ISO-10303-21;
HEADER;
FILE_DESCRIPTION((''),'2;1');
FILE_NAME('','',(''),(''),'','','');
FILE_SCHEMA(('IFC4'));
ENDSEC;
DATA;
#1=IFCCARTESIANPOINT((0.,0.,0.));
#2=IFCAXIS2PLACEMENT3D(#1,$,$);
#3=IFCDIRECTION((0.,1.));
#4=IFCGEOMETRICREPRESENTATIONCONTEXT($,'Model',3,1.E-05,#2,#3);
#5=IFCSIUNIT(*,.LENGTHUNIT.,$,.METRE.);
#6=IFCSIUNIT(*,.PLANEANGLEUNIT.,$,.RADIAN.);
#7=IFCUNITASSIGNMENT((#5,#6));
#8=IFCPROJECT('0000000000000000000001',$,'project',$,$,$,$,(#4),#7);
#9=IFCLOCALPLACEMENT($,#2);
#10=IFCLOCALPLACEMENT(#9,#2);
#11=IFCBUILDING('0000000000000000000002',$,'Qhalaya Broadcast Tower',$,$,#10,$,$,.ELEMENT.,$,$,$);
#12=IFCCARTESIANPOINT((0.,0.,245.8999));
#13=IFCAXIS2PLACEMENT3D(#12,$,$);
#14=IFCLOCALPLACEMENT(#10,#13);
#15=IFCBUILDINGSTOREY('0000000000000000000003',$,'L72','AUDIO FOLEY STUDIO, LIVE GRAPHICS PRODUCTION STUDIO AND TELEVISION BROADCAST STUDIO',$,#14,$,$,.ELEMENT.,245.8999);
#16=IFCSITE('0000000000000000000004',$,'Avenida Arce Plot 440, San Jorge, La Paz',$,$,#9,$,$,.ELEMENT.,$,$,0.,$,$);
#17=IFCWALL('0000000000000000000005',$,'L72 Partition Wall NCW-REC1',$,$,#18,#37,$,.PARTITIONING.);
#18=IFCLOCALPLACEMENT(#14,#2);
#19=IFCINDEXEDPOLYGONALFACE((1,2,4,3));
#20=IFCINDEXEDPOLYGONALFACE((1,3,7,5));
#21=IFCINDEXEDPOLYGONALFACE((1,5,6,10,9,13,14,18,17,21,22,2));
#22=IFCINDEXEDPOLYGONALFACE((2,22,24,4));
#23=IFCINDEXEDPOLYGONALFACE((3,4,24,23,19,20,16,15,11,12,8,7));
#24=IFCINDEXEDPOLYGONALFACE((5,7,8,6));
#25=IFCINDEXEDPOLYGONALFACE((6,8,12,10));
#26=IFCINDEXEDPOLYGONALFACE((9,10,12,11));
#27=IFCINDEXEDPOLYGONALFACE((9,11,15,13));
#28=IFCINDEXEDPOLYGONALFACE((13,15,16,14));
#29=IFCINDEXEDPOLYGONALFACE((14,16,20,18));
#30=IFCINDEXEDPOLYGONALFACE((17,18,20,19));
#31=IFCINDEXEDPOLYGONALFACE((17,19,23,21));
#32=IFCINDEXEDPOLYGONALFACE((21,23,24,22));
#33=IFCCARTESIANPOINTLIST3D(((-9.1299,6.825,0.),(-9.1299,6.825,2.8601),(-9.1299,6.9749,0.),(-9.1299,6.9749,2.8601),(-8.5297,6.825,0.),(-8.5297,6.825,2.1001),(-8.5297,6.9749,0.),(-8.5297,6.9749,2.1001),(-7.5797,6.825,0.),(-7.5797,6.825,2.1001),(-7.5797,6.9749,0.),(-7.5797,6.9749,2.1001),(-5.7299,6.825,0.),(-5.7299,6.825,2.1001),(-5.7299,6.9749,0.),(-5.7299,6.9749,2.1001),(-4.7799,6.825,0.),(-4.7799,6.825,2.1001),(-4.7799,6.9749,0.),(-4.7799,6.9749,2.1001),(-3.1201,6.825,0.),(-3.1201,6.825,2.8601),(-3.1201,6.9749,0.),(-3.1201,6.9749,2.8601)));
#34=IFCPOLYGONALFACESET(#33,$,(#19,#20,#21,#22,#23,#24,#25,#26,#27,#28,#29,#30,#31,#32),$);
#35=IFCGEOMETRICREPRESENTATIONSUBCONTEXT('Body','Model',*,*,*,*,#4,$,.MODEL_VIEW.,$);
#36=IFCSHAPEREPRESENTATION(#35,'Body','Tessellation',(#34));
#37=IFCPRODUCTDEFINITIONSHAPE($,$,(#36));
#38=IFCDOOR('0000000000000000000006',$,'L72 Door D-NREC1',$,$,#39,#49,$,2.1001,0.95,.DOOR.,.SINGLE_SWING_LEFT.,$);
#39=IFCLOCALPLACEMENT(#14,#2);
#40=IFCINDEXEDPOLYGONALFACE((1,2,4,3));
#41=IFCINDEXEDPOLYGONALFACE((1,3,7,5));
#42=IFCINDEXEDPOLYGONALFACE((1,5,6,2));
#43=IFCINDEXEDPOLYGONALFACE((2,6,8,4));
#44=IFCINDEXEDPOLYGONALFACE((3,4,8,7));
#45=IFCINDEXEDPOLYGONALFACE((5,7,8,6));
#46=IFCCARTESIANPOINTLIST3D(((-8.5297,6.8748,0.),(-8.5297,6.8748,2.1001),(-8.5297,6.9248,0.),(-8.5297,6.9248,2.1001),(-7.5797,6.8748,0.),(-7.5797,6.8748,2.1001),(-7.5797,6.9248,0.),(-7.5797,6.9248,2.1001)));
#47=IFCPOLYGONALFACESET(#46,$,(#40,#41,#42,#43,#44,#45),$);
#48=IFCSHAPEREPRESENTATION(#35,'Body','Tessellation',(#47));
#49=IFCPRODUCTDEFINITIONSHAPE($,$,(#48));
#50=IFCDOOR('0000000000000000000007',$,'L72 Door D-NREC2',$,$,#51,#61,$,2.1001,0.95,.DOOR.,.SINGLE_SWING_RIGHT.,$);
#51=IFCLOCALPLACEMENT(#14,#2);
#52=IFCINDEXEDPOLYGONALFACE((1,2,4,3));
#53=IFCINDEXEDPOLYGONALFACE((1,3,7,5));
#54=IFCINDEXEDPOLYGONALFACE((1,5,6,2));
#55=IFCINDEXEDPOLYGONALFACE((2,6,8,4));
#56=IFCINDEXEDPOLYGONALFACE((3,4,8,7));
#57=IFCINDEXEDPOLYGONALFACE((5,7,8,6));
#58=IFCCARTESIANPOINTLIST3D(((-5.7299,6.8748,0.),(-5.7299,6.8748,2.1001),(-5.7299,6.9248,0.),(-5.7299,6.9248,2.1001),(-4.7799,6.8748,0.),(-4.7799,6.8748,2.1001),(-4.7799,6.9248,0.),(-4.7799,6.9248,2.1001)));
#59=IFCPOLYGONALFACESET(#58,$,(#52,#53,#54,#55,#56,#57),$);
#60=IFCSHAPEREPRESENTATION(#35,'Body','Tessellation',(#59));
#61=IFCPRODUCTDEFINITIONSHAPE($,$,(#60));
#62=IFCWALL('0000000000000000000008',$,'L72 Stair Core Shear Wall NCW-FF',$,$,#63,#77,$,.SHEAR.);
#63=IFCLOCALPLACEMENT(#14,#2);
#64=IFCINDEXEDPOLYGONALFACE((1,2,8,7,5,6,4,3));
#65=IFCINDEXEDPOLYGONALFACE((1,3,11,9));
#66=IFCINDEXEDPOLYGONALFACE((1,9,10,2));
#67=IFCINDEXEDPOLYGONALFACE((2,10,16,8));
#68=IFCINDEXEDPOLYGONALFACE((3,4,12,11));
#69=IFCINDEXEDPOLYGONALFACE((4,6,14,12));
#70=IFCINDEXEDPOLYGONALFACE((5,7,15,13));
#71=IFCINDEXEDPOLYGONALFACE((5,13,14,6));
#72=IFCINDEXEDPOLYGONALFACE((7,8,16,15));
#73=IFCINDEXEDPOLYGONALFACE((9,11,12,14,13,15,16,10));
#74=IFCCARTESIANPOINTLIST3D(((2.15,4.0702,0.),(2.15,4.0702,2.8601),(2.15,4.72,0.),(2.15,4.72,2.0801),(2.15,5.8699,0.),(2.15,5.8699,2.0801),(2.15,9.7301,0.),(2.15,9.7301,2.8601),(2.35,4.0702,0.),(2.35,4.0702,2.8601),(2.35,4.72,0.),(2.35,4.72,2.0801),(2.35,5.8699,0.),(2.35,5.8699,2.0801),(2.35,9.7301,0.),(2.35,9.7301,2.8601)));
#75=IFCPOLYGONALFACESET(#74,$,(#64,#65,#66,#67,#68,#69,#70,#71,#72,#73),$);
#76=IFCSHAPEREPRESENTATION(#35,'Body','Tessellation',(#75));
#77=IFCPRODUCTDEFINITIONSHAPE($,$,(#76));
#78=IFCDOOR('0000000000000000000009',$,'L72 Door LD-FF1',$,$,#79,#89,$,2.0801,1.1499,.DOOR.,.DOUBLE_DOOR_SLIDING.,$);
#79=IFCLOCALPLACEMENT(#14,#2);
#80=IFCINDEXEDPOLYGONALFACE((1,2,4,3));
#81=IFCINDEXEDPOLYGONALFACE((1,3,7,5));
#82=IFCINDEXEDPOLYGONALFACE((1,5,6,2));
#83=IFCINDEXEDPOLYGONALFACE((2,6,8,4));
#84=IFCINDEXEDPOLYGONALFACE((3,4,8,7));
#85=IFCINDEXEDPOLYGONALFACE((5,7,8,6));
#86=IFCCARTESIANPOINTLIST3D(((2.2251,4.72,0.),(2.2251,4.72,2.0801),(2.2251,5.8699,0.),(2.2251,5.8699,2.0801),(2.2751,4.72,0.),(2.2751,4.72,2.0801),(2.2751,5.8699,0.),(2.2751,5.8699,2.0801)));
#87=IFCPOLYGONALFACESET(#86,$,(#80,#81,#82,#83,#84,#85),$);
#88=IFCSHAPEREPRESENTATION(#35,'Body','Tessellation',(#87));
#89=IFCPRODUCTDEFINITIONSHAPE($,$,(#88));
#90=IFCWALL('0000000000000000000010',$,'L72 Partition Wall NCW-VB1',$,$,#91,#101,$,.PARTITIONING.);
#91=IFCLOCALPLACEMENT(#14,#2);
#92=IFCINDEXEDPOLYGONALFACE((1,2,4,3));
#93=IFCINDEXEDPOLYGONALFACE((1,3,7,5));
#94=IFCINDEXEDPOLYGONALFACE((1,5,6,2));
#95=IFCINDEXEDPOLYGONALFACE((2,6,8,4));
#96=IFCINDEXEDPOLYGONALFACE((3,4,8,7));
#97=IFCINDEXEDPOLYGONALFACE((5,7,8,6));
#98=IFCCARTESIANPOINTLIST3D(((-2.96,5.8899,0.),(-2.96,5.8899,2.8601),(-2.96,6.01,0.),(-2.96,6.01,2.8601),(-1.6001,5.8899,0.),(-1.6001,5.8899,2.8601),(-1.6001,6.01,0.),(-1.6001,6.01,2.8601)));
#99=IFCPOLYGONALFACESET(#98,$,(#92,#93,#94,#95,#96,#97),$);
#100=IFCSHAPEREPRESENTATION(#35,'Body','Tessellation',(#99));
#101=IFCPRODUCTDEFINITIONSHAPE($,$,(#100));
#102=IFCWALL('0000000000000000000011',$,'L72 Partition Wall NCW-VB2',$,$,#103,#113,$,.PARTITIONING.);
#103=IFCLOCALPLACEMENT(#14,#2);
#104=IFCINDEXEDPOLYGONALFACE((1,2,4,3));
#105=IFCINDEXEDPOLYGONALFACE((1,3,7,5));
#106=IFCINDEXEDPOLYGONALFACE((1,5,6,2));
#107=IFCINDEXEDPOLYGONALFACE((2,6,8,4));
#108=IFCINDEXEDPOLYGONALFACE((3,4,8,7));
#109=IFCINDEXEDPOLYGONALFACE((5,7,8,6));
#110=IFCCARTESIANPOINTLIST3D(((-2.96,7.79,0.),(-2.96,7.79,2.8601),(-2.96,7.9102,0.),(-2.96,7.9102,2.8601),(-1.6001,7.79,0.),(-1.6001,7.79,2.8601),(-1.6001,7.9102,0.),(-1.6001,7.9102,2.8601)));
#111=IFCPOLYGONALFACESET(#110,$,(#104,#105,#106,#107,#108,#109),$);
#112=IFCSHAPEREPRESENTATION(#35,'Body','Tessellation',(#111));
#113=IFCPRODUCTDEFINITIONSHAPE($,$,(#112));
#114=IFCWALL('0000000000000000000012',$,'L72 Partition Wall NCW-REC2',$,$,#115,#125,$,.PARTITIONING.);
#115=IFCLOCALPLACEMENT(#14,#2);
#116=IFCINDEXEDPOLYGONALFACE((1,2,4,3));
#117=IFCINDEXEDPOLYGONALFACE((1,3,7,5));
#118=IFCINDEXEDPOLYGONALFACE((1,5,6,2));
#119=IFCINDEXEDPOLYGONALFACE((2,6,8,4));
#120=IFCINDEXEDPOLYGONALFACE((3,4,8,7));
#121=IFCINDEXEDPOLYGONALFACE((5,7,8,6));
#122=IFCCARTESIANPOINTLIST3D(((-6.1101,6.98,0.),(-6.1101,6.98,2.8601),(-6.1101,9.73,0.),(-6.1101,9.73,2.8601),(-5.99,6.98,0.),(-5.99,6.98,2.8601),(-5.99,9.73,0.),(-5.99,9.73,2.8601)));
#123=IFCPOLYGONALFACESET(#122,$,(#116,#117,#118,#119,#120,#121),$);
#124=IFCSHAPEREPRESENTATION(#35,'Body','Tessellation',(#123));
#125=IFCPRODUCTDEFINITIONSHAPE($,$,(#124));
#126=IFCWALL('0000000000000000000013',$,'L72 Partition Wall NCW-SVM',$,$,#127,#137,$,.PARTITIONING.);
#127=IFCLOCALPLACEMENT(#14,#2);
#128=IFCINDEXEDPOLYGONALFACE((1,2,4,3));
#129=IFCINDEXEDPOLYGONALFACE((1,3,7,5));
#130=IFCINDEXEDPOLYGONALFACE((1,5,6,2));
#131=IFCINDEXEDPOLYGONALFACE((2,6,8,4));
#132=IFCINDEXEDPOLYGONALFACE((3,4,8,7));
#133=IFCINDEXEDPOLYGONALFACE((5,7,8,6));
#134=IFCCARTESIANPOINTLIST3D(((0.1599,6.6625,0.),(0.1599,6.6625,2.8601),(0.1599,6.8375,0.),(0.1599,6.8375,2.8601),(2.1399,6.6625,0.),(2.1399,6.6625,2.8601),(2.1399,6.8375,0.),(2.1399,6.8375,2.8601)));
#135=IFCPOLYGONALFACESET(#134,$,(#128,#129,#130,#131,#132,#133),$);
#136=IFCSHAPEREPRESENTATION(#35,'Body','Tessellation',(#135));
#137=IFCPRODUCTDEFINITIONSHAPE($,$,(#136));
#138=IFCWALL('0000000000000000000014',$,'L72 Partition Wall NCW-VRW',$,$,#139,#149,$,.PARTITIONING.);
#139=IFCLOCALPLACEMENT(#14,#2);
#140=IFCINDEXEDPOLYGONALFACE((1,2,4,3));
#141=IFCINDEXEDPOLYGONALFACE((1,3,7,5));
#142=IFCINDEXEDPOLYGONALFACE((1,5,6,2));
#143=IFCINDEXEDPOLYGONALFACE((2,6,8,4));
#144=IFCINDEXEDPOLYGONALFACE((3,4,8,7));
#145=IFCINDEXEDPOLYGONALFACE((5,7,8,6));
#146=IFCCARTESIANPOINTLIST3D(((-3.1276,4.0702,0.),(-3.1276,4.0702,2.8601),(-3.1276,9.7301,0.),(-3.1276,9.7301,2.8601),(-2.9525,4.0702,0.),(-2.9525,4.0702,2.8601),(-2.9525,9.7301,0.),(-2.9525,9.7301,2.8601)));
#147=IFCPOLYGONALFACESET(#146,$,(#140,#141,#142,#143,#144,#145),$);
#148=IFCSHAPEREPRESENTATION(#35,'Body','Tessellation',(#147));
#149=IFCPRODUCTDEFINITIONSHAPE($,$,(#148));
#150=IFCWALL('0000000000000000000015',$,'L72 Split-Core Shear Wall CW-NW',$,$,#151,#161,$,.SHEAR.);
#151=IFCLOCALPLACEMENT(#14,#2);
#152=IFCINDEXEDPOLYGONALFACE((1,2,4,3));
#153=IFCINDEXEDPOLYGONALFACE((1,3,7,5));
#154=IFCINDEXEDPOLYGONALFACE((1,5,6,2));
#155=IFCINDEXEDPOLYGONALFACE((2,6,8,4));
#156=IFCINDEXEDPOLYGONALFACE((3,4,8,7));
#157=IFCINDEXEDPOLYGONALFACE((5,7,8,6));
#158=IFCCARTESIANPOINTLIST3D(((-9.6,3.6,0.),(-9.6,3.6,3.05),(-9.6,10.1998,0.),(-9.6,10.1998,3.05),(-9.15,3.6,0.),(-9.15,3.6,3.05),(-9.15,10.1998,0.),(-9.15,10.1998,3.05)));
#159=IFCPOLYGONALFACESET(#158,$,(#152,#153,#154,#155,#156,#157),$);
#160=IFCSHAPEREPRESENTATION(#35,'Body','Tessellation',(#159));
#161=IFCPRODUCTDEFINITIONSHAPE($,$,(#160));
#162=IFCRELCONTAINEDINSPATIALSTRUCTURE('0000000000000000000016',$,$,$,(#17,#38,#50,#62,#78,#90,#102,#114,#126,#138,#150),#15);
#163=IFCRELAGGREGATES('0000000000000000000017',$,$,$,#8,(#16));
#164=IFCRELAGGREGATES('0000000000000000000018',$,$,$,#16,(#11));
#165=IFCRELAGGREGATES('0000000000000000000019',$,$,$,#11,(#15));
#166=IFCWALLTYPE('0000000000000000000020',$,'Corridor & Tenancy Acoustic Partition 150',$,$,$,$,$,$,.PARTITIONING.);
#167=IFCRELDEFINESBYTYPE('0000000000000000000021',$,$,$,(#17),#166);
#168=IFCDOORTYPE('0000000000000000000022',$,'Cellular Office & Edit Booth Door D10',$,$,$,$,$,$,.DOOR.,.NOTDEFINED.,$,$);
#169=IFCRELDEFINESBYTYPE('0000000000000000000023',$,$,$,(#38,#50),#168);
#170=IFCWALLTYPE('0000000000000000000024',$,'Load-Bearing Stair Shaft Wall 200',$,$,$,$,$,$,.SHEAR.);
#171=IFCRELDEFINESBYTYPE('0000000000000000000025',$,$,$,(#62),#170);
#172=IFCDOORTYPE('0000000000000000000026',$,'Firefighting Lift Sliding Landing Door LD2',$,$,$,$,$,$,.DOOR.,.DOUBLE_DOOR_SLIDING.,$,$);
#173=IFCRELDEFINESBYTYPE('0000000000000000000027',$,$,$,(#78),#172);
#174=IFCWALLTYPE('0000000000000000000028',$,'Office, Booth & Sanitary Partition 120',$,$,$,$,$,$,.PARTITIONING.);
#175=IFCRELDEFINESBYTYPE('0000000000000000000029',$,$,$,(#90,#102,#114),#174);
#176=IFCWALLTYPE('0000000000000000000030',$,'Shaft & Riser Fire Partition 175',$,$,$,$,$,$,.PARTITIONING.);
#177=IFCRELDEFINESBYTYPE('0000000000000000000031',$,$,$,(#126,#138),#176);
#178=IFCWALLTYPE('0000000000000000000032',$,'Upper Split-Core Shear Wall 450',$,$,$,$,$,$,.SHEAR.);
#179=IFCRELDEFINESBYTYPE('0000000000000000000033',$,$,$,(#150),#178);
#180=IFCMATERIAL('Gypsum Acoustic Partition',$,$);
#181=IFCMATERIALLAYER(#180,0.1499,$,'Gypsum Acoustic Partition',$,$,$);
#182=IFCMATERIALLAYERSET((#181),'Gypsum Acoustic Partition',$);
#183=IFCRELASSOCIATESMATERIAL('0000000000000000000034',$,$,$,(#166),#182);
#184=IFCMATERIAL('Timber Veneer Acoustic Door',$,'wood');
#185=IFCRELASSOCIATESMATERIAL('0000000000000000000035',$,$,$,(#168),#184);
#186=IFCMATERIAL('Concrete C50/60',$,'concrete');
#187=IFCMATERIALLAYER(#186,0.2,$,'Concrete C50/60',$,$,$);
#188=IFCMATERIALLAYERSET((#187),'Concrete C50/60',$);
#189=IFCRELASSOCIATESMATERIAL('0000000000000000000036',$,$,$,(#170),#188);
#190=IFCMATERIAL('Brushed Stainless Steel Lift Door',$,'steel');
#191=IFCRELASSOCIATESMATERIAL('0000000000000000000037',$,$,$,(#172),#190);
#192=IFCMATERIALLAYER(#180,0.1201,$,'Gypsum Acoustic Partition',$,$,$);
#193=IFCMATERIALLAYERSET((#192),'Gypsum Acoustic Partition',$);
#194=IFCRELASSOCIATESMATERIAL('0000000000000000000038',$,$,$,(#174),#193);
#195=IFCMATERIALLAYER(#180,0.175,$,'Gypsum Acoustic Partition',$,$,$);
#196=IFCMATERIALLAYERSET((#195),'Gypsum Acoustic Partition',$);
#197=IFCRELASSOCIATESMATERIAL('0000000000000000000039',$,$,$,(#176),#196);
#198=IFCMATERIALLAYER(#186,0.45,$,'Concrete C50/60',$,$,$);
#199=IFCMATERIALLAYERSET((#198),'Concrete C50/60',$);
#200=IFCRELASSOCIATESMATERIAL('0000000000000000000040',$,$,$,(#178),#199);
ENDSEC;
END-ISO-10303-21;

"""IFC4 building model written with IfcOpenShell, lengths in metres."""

from ifc_helpers import new_model, si_unit, direction, frame, frame_2d, origin, place, context, subcontext, project, spatial, rectangle, extrude, material, layer, layer_set, type_object, element, fill, save


model = new_model("IFC4")

# Units and contexts
model_context = context("Model", 3, precision=1e-05, world=origin(), true_north=direction((0.0, 1.0)))
body_context = subcontext(model_context, "Body", "Model", "MODEL_VIEW")
ifc_project = project(units=[si_unit("LENGTHUNIT", "METRE"), si_unit("PLANEANGLEUNIT", "RADIAN")], contexts=[model_context])

# Site, building, storey
site_placement = place(None, origin())
site = spatial("IfcSite", under=ifc_project, at=site_placement, Name="Avenida Arce Plot 440, San Jorge, La Paz", CompositionType="ELEMENT", RefElevation=0.0)
building_placement = place(site_placement, origin())
building = spatial("IfcBuilding", under=site, at=building_placement, Name="Qhalaya Broadcast Tower", CompositionType="ELEMENT")
storey_placement = place(building_placement, frame((0.0, 0.0, 245.8999)))
storey = spatial("IfcBuildingStorey", under=building, at=storey_placement, Name="L72", Description="AUDIO FOLEY STUDIO, LIVE GRAPHICS PRODUCTION STUDIO AND TELEVISION BROADCAST STUDIO", CompositionType="ELEMENT", Elevation=245.8999)

# Shared definitions
ifc_material_1 = material(Name="Concrete C50/60", Category="concrete")

# Wall, openings, doors
ifc_material_2 = material(Name="Gypsum Acoustic Partition")
ifc_layer_1 = layer(ifc_material_2, 0.1499, Name="Gypsum Acoustic Partition")
ifc_layer_set_1 = layer_set([ifc_layer_1], Name="Gypsum Acoustic Partition")
wall_type_1 = type_object("IfcWallType", Name="Corridor & Tenancy Acoustic Partition 150", PredefinedType="PARTITIONING", material=ifc_layer_set_1)
ifc_material_3 = material(Name="Timber Veneer Acoustic Door", Category="wood")
wall_1_placement = place(storey_placement, frame((-9.1299, 6.8999, 0.0), z_axis=(0.0, 0.0, 1.0), x_axis=(1.0, 0.0, 0.0)))
wall_1 = element("IfcWall", 1, at=wall_1_placement, inside=storey, type_object=wall_type_1, Name="L72 Partition Wall NCW-REC1", PredefinedType="PARTITIONING", context=body_context, shape_type="SweptSolid", body=[
    extrude(rectangle(XDim=6.0098, YDim=0.1499, at=frame_2d((3.0049, 0.0))), origin(), (0.0, 0.0, 1.0), 2.8601),
])
opening_1_placement = place(wall_1_placement, frame((0.6001, 0.0, 0.0)))
opening_1 = element("IfcOpeningElement", 2, at=opening_1_placement, cuts=wall_1, PredefinedType="OPENING", context=body_context, shape_type="SweptSolid", body=[
    extrude(rectangle(XDim=0.95, YDim=2.1001, at=frame_2d((0.4751, 1.05))), frame((0.0, 0.0869, 0.0), z_axis=(0.0, -1.0, 0.0), x_axis=(1.0, 0.0, 0.0)), (0.0, 0.0, 1.0), 0.1738),
])
opening_2_placement = place(wall_1_placement, frame((3.3999, 0.0, 0.0)))
opening_2 = element("IfcOpeningElement", 3, at=opening_2_placement, cuts=wall_1, PredefinedType="OPENING", context=body_context, shape_type="SweptSolid", body=[
    extrude(rectangle(XDim=0.95, YDim=2.1001, at=frame_2d((0.4751, 1.05))), frame((0.0, 0.0869, 0.0), z_axis=(0.0, -1.0, 0.0), x_axis=(1.0, 0.0, 0.0)), (0.0, 0.0, 1.0), 0.1738),
])
door_type_1 = type_object("IfcDoorType", Name="Cellular Office & Edit Booth Door D10", OperationType="NOTDEFINED", PredefinedType="DOOR", material=ifc_material_3)
door_1_placement = place(opening_1_placement, origin())
door_1 = element("IfcDoor", 4, at=door_1_placement, inside=storey, type_object=door_type_1, Name="L72 Door D-NREC1", OperationType="SINGLE_SWING_LEFT", OverallHeight=2.1001, OverallWidth=0.95, PredefinedType="DOOR", context=body_context, shape_type="SweptSolid", body=[
    extrude(rectangle(XDim=0.95, YDim=2.1001, at=frame_2d((0.4751, 1.05))), frame((0.0, 0.0249, 0.0), z_axis=(0.0, -1.0, 0.0), x_axis=(1.0, 0.0, 0.0)), (0.0, 0.0, 1.0), 0.05),
])
fill(opening_1, door_1)
door_2_placement = place(opening_2_placement, origin())
door_2 = element("IfcDoor", 5, at=door_2_placement, inside=storey, type_object=door_type_1, Name="L72 Door D-NREC2", OperationType="SINGLE_SWING_RIGHT", OverallHeight=2.1001, OverallWidth=0.95, PredefinedType="DOOR", context=body_context, shape_type="SweptSolid", body=[
    extrude(rectangle(XDim=0.95, YDim=2.1001, at=frame_2d((0.4751, 1.05))), frame((0.0, 0.0249, 0.0), z_axis=(0.0, -1.0, 0.0), x_axis=(1.0, 0.0, 0.0)), (0.0, 0.0, 1.0), 0.05),
])
fill(opening_2, door_2)

# Wall, opening, door
ifc_layer_2 = layer(ifc_material_1, 0.2, Name="Concrete C50/60")
ifc_layer_set_2 = layer_set([ifc_layer_2], Name="Concrete C50/60")
wall_type_2 = type_object("IfcWallType", Name="Load-Bearing Stair Shaft Wall 200", PredefinedType="SHEAR", material=ifc_layer_set_2)
wall_2_placement = place(storey_placement, frame((2.25, 4.0701, 0.0), z_axis=(0.0, 0.0, 1.0), x_axis=(0.0, 1.0, 0.0)))
wall_2 = element("IfcWall", 6, at=wall_2_placement, inside=storey, type_object=wall_type_2, Name="L72 Stair Core Shear Wall NCW-FF", PredefinedType="SHEAR", context=body_context, shape_type="SweptSolid", body=[
    extrude(rectangle(XDim=5.6599, YDim=0.2, at=frame_2d((2.8301, 0.0))), origin(), (0.0, 0.0, 1.0), 2.8601),
])
opening_3_placement = place(wall_2_placement, frame((0.6499, 0.0, 0.0)))
opening_3 = element("IfcOpeningElement", 7, at=opening_3_placement, cuts=wall_2, PredefinedType="OPENING", context=body_context, shape_type="SweptSolid", body=[
    extrude(rectangle(XDim=1.1499, YDim=2.0801, at=frame_2d((0.575, 1.04))), frame((0.0, 0.1121, 0.0), z_axis=(0.0, -1.0, 0.0), x_axis=(1.0, 0.0, 0.0)), (0.0, 0.0, 1.0), 0.2239),
])
ifc_material_4 = material(Name="Brushed Stainless Steel Lift Door", Category="steel")
door_type_2 = type_object("IfcDoorType", Name="Firefighting Lift Sliding Landing Door LD2", OperationType="DOUBLE_DOOR_SLIDING", PredefinedType="DOOR", material=ifc_material_4)
door_3_placement = place(opening_3_placement, origin())
door_3 = element("IfcDoor", 8, at=door_3_placement, inside=storey, type_object=door_type_2, Name="L72 Door LD-FF1", OperationType="DOUBLE_DOOR_SLIDING", OverallHeight=2.0801, OverallWidth=1.1499, PredefinedType="DOOR", context=body_context, shape_type="SweptSolid", body=[
    extrude(rectangle(XDim=1.1499, YDim=2.0801, at=frame_2d((0.575, 1.04))), frame((0.0, 0.0249, 0.0), z_axis=(0.0, -1.0, 0.0), x_axis=(1.0, 0.0, 0.0)), (0.0, 0.0, 1.0), 0.05),
])
fill(opening_3, door_3)

# Walls
ifc_layer_3 = layer(ifc_material_2, 0.1201, Name="Gypsum Acoustic Partition")
ifc_layer_set_3 = layer_set([ifc_layer_3], Name="Gypsum Acoustic Partition")
wall_type_3 = type_object("IfcWallType", Name="Office, Booth & Sanitary Partition 120", PredefinedType="PARTITIONING", material=ifc_layer_set_3)
for number, where, z_axis, x_axis, name in (
    (9, (-2.96, 5.95, 0.0), (0.0, 0.0, 1.0), (1.0, 0.0, 0.0), "L72 Partition Wall NCW-VB1"),
    (10, (-2.96, 7.8501, 0.0), (0.0, 0.0, 1.0), (1.0, 0.0, 0.0), "L72 Partition Wall NCW-VB2"),
):
    element("IfcWall", number, at=place(storey_placement, frame(where, z_axis=z_axis, x_axis=x_axis)), inside=storey, type_object=wall_type_3, Name=name, PredefinedType="PARTITIONING", context=body_context, shape_type="SweptSolid", body=[
        extrude(rectangle(XDim=1.3599, YDim=0.1201, at=frame_2d((0.6799, 0.0))), origin(), (0.0, 0.0, 1.0), 2.8601),
    ])
wall_3_placement = place(storey_placement, frame((-6.05, 6.98, 0.0), z_axis=(0.0, 0.0, 1.0), x_axis=(0.0, 1.0, 0.0)))
element("IfcWall", 11, at=wall_3_placement, inside=storey, type_object=wall_type_3, Name="L72 Partition Wall NCW-REC2", PredefinedType="PARTITIONING", context=body_context, shape_type="SweptSolid", body=[
    extrude(rectangle(XDim=2.75, YDim=0.1201, at=frame_2d((1.375, 0.0))), origin(), (0.0, 0.0, 1.0), 2.8601),
])

# Shared definitions
ifc_layer_4 = layer(ifc_material_2, 0.175, Name="Gypsum Acoustic Partition")
ifc_layer_set_4 = layer_set([ifc_layer_4], Name="Gypsum Acoustic Partition")
wall_type_4 = type_object("IfcWallType", Name="Shaft & Riser Fire Partition 175", PredefinedType="PARTITIONING", material=ifc_layer_set_4)

# Walls
wall_4_placement = place(storey_placement, frame((0.1599, 6.75, 0.0), z_axis=(0.0, 0.0, 1.0), x_axis=(1.0, 0.0, 0.0)))
element("IfcWall", 12, at=wall_4_placement, inside=storey, type_object=wall_type_4, Name="L72 Partition Wall NCW-SVM", PredefinedType="PARTITIONING", context=body_context, shape_type="SweptSolid", body=[
    extrude(rectangle(XDim=1.98, YDim=0.175, at=frame_2d((0.99, 0.0))), origin(), (0.0, 0.0, 1.0), 2.8601),
])
wall_5_placement = place(storey_placement, frame((-3.04, 4.0701, 0.0), z_axis=(0.0, 0.0, 1.0), x_axis=(0.0, 1.0, 0.0)))
element("IfcWall", 13, at=wall_5_placement, inside=storey, type_object=wall_type_4, Name="L72 Partition Wall NCW-VRW", PredefinedType="PARTITIONING", context=body_context, shape_type="SweptSolid", body=[
    extrude(rectangle(XDim=5.6599, YDim=0.175, at=frame_2d((2.8301, 0.0))), origin(), (0.0, 0.0, 1.0), 2.8601),
])

# Shared definitions
ifc_layer_5 = layer(ifc_material_1, 0.45, Name="Concrete C50/60")
ifc_layer_set_5 = layer_set([ifc_layer_5], Name="Concrete C50/60")
wall_type_5 = type_object("IfcWallType", Name="Upper Split-Core Shear Wall 450", PredefinedType="SHEAR", material=ifc_layer_set_5)

# Wall
wall_6_placement = place(storey_placement, frame((-9.375, 3.6001, 0.0), z_axis=(0.0, 0.0, 1.0), x_axis=(0.0, 1.0, 0.0)))
element("IfcWall", 14, at=wall_6_placement, inside=storey, type_object=wall_type_5, Name="L72 Split-Core Shear Wall CW-NW", PredefinedType="SHEAR", context=body_context, shape_type="SweptSolid", body=[
    extrude(rectangle(XDim=6.5999, YDim=0.45, at=frame_2d((3.2998, 0.0))), origin(), (0.0, 0.0, 1.0), 3.05),
])

save(model, "model.ifc")
